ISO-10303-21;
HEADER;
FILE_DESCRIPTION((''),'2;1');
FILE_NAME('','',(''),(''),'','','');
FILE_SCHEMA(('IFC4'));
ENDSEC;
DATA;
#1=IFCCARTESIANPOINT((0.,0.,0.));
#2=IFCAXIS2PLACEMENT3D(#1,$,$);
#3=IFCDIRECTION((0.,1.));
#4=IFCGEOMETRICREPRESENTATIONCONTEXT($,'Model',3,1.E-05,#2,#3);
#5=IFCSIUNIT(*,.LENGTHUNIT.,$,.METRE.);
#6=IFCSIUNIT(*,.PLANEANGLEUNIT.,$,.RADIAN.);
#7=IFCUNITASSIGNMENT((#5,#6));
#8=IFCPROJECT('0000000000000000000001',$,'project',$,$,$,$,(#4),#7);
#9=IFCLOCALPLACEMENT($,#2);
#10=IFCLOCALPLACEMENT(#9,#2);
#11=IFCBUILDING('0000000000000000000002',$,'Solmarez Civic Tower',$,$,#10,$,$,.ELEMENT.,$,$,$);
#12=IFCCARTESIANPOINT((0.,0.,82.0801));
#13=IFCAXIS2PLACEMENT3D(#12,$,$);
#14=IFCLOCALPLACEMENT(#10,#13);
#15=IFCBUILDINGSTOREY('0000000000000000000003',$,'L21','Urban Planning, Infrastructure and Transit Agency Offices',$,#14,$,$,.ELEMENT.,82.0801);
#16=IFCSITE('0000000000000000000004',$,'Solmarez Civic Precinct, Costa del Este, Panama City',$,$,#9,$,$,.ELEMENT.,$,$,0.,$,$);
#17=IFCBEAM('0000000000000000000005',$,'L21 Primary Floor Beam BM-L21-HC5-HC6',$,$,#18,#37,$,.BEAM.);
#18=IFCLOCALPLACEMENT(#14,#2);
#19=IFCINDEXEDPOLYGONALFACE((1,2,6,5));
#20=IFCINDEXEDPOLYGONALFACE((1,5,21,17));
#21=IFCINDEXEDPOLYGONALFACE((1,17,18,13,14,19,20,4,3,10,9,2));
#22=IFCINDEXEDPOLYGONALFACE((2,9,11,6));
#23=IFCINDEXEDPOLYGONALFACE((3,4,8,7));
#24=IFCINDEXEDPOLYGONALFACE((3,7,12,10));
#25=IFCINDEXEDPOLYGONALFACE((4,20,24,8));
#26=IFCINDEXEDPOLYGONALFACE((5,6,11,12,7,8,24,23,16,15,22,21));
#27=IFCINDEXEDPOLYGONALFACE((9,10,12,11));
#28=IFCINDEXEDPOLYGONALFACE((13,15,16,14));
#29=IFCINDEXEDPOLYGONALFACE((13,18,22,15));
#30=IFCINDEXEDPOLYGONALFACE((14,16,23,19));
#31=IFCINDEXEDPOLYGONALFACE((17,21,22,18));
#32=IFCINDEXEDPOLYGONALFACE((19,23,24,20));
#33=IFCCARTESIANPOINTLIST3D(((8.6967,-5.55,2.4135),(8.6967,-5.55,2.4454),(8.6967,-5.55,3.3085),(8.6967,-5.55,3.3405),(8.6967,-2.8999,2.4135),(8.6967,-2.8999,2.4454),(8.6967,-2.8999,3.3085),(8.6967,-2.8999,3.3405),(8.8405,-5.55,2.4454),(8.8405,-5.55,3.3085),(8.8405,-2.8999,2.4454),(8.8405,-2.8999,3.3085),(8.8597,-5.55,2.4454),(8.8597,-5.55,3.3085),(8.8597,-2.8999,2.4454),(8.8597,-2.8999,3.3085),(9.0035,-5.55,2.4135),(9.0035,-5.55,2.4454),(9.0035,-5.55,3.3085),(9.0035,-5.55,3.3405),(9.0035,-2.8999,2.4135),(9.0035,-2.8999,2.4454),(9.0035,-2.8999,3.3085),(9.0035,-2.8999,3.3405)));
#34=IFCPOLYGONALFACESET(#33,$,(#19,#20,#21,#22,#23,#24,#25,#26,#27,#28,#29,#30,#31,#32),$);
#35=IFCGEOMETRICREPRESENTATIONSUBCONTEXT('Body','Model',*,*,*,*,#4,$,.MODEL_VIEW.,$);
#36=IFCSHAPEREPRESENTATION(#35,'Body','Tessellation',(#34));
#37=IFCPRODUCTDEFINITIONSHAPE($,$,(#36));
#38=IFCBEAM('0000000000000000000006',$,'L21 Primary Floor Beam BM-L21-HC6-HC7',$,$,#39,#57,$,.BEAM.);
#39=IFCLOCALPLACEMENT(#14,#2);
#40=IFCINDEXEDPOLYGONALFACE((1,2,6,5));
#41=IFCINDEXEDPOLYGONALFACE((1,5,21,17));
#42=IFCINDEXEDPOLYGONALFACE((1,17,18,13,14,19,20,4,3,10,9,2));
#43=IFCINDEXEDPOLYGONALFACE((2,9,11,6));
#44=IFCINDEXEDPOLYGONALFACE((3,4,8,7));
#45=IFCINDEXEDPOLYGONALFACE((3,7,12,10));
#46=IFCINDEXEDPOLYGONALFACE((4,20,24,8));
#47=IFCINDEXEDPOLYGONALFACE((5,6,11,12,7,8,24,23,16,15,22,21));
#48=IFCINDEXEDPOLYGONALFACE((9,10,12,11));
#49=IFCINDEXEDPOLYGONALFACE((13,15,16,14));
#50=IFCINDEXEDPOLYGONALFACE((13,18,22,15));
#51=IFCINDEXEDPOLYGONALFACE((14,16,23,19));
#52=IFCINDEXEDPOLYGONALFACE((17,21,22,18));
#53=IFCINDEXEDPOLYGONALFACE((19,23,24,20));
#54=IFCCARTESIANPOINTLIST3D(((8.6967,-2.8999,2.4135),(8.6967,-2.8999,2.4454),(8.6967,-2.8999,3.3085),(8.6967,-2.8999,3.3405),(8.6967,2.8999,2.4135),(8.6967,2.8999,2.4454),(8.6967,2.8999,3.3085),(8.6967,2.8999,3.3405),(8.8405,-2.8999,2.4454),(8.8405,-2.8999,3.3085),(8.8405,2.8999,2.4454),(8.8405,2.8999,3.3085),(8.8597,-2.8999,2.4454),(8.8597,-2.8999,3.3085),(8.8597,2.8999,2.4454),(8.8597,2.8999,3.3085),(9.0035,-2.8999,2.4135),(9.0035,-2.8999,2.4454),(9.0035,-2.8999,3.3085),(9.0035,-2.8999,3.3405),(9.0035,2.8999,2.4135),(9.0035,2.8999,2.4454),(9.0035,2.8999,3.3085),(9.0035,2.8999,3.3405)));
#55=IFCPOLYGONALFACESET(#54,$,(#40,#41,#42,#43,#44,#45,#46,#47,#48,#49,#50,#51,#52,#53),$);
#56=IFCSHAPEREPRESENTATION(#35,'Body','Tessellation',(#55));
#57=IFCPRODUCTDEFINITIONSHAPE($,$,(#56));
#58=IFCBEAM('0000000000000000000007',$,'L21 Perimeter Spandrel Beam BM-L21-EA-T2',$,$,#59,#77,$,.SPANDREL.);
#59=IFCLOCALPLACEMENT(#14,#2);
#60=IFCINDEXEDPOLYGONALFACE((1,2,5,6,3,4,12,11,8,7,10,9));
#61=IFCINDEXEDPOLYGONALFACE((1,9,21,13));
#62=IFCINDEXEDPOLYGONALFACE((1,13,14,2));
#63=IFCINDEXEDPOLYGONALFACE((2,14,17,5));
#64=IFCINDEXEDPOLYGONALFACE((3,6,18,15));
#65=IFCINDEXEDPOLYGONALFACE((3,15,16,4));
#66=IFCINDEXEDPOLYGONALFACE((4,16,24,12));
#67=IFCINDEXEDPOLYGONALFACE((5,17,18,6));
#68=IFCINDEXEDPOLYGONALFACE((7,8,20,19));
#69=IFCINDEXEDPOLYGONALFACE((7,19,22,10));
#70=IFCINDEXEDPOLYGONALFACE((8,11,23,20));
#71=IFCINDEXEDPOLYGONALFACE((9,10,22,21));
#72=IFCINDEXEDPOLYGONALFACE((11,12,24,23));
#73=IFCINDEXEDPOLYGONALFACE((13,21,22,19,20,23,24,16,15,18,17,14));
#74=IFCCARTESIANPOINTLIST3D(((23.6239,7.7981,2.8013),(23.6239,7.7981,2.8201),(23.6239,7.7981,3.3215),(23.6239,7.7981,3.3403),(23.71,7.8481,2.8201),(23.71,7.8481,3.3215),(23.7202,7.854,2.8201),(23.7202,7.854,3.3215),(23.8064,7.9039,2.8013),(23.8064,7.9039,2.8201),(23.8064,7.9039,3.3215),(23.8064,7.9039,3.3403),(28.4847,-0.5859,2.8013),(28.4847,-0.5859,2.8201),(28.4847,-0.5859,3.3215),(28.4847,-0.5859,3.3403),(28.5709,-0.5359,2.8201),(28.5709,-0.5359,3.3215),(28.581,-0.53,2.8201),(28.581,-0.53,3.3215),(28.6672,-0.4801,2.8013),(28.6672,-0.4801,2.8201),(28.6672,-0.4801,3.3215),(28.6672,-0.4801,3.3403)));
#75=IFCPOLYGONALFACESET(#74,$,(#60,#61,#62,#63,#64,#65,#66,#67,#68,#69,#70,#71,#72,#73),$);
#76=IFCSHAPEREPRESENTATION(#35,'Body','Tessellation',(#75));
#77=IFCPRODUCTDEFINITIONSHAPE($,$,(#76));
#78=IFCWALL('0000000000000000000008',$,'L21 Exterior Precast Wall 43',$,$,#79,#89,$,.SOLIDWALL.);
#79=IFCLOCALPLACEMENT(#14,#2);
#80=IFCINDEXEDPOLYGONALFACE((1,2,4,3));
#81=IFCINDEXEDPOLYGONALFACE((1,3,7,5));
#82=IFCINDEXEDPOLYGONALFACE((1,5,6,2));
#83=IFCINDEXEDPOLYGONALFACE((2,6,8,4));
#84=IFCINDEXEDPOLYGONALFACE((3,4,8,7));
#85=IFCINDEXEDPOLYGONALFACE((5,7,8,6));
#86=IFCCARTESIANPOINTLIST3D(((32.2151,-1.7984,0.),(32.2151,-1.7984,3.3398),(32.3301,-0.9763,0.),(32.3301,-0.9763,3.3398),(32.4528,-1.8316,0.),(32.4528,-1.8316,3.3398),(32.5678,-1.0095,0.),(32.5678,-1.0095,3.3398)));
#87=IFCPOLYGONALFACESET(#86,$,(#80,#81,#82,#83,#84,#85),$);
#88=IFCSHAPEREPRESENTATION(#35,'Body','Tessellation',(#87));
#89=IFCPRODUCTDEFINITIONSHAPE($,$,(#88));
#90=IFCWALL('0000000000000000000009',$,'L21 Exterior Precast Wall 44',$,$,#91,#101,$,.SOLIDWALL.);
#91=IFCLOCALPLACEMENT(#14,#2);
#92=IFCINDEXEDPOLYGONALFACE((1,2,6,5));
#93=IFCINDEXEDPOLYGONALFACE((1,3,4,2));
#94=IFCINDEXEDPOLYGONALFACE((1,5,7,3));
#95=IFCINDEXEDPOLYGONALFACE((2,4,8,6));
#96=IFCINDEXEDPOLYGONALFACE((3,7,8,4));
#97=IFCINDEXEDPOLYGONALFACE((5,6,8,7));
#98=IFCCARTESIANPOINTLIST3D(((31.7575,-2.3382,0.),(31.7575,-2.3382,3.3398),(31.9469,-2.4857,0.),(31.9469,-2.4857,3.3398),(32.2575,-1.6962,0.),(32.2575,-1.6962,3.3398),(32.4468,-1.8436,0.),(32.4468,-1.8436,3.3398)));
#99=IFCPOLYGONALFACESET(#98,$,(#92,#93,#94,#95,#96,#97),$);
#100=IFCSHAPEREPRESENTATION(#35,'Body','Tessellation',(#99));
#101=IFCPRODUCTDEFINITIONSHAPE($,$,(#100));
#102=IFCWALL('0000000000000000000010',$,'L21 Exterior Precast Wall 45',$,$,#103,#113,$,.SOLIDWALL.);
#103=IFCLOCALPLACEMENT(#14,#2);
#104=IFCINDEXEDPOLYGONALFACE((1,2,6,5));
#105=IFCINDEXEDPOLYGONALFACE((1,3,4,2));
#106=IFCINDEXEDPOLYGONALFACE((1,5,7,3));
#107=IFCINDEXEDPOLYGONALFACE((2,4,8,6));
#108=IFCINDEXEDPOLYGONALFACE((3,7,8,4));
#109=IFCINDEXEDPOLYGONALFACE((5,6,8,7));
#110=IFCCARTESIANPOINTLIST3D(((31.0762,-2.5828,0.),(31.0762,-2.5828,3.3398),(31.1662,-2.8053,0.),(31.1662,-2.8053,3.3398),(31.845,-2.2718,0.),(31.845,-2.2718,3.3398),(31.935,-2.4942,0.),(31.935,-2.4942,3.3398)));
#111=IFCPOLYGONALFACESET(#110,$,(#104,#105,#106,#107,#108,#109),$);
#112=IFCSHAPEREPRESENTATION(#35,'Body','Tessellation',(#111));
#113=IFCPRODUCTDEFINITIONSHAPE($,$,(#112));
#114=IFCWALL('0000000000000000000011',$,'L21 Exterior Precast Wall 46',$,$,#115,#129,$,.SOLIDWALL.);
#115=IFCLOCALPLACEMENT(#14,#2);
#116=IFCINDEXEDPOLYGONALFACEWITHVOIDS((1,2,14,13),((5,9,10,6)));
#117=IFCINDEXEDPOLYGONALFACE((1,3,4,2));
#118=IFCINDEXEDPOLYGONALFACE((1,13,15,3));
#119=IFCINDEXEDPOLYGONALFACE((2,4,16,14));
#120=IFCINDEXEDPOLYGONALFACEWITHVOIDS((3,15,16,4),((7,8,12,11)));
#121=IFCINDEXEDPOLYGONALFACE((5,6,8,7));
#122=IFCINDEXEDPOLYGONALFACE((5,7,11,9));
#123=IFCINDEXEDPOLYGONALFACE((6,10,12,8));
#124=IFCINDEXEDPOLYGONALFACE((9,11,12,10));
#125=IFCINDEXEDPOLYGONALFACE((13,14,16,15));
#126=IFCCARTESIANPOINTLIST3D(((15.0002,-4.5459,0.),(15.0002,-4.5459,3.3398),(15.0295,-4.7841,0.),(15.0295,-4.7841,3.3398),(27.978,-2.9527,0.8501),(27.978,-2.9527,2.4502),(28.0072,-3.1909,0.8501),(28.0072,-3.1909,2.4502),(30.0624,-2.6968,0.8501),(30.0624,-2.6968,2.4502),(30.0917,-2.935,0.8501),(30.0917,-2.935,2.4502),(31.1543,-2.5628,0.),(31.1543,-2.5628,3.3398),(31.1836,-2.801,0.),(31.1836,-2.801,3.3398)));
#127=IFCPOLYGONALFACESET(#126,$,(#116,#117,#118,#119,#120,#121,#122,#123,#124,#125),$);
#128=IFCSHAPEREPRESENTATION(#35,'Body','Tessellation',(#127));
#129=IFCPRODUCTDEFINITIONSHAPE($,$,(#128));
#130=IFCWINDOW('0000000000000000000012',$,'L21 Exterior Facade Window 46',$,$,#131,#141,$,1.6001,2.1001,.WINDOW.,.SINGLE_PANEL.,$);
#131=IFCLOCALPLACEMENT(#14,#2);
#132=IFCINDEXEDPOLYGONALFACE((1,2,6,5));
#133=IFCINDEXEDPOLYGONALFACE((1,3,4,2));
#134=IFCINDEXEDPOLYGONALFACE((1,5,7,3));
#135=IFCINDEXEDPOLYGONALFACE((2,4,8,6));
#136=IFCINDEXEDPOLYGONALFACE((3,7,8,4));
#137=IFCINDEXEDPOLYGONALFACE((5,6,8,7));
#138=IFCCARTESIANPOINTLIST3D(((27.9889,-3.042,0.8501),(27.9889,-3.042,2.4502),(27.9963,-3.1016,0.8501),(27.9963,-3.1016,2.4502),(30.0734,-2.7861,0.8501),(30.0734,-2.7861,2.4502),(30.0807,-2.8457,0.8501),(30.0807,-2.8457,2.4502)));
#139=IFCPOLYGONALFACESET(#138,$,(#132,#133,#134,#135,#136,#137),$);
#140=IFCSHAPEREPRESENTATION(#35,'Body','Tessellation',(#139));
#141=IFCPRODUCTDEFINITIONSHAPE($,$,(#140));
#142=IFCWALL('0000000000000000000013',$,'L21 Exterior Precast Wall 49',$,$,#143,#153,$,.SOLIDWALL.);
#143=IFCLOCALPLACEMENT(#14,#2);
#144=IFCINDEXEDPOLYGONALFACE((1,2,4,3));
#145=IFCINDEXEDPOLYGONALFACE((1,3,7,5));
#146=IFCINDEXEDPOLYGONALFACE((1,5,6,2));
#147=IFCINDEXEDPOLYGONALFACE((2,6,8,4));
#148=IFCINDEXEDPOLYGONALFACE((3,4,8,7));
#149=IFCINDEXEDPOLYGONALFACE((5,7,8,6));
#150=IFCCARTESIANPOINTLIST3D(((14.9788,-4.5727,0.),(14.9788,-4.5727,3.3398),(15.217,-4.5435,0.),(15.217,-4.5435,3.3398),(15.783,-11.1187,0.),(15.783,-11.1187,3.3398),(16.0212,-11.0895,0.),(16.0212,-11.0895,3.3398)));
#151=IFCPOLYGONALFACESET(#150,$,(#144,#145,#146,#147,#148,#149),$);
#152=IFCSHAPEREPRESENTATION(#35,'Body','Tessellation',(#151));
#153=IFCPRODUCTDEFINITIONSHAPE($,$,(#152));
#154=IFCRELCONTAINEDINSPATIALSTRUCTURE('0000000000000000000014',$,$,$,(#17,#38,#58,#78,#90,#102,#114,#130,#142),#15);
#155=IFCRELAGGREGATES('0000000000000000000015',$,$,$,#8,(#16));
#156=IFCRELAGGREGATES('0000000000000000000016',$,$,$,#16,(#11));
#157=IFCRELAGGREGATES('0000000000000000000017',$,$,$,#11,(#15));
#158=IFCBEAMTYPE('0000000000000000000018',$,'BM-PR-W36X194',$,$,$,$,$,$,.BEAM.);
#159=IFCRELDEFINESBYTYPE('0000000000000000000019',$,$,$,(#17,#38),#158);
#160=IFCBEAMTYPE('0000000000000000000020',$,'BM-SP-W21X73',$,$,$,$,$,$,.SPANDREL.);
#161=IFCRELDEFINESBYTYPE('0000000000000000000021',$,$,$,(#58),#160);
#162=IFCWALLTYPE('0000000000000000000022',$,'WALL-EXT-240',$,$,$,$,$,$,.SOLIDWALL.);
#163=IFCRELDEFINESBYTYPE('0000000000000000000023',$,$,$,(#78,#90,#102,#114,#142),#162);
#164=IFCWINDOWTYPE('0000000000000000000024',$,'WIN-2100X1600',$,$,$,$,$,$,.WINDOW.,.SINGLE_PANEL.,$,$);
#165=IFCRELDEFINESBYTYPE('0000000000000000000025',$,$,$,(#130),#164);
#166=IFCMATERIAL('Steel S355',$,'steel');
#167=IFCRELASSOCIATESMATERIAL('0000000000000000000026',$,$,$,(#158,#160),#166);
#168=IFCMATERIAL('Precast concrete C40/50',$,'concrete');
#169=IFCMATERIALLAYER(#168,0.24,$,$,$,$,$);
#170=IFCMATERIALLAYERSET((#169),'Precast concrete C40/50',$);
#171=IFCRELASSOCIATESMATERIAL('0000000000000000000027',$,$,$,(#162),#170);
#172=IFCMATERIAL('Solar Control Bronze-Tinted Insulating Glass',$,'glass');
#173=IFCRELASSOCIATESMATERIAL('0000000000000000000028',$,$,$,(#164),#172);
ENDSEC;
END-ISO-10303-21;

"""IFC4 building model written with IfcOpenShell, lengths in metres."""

from ifc_helpers import new_model, si_unit, direction, frame, frame_2d, origin, origin_2d, place, context, subcontext, project, spatial, rectangle, i_section, extrude, material, layer, layer_set, material_profile, profile_set, type_object, element, fill, save


model = new_model("IFC4")

# Units and contexts
model_context = context("Model", 3, precision=1e-05, world=origin(), true_north=direction((0.0, 1.0)))
body_context = subcontext(model_context, "Body", "Model", "MODEL_VIEW")
ifc_project = project(units=[si_unit("LENGTHUNIT", "METRE"), si_unit("PLANEANGLEUNIT", "RADIAN")], contexts=[model_context])

# Site, building, storey
site_placement = place(None, origin())
site = spatial("IfcSite", under=ifc_project, at=site_placement, Name="Solmarez Civic Precinct, Costa del Este, Panama City", CompositionType="ELEMENT", RefElevation=0.0)
building_placement = place(site_placement, origin())
building = spatial("IfcBuilding", under=site, at=building_placement, Name="Solmarez Civic Tower", CompositionType="ELEMENT")
storey_placement = place(building_placement, frame((0.0, 0.0, 82.0801)))
storey = spatial("IfcBuildingStorey", under=building, at=storey_placement, Name="L21", Description="Urban Planning, Infrastructure and Transit Agency Offices", CompositionType="ELEMENT", Elevation=82.0801)

# Beams
ifc_material_1 = material(Name="Steel S355", Category="steel")
ifc_material_profile_1 = material_profile(ifc_material_1, i_section(OverallWidth=0.3069, OverallDepth=0.927, WebThickness=0.0193, FlangeThickness=0.032, at=origin_2d()), Name="W36X194")
ifc_profile_set_1 = profile_set([ifc_material_profile_1], Name="Steel S355")
beam_type_1 = type_object("IfcBeamType", Name="BM-PR-W36X194", PredefinedType="BEAM", material=ifc_profile_set_1)
beam_1_placement = place(storey_placement, frame((8.8501, -5.55, 2.877), z_axis=(0.0, 1.0, 0.0), x_axis=(-1.0, 0.0, 0.0)))
element("IfcBeam", 1, at=beam_1_placement, inside=storey, type_object=beam_type_1, Name="L21 Primary Floor Beam BM-L21-HC5-HC6", PredefinedType="BEAM", context=body_context, shape_type="SweptSolid", body=[
    extrude(i_section(OverallWidth=0.3069, OverallDepth=0.927, WebThickness=0.0193, FlangeThickness=0.032, at=origin_2d()), origin(), (0.0, 0.0, 1.0), 2.6501),
])
beam_2_placement = place(storey_placement, frame((8.8501, -2.8999, 2.877), z_axis=(0.0, 1.0, 0.0), x_axis=(-1.0, 0.0, 0.0)))
element("IfcBeam", 2, at=beam_2_placement, inside=storey, type_object=beam_type_1, Name="L21 Primary Floor Beam BM-L21-HC6-HC7", PredefinedType="BEAM", context=body_context, shape_type="SweptSolid", body=[
    extrude(i_section(OverallWidth=0.3069, OverallDepth=0.927, WebThickness=0.0193, FlangeThickness=0.032, at=origin_2d()), origin(), (0.0, 0.0, 1.0), 5.7998),
])
ifc_material_profile_2 = material_profile(ifc_material_1, i_section(OverallWidth=0.2109, OverallDepth=0.5391, WebThickness=0.0117, FlangeThickness=0.0188, at=origin_2d()), Name="W21X73")
ifc_profile_set_2 = profile_set([ifc_material_profile_2], Name="Steel S355")
beam_type_2 = type_object("IfcBeamType", Name="BM-SP-W21X73", PredefinedType="SPANDREL", material=ifc_profile_set_2)
beam_3_placement = place(storey_placement, frame((28.5759, -0.533, 3.0708), z_axis=(-0.501571, 0.865116, 0.0), x_axis=(-0.865116, -0.501571, 0.0)))
element("IfcBeam", 3, at=beam_3_placement, inside=storey, type_object=beam_type_2, Name="L21 Perimeter Spandrel Beam BM-L21-EA-T2", PredefinedType="SPANDREL", context=body_context, shape_type="SweptSolid", body=[
    extrude(i_section(OverallWidth=0.2109, OverallDepth=0.5391, WebThickness=0.0117, FlangeThickness=0.0188, at=origin_2d()), origin(), (0.0, 0.0, 1.0), 9.6912),
])

# Walls
ifc_material_2 = material(Name="Precast concrete C40/50", Category="concrete")
ifc_layer = layer(ifc_material_2, 0.24)
ifc_layer_set = layer_set([ifc_layer], Name="Precast concrete C40/50")
wall_type = type_object("IfcWallType", Name="WALL-EXT-240", PredefinedType="SOLIDWALL", material=ifc_layer_set)
wall_1_placement = place(storey_placement, frame((32.449, -0.9929, 0.0), z_axis=(0.0, 0.0, 1.0), x_axis=(-0.138538, -0.990357, 0.0)))
element("IfcWall", 4, at=wall_1_placement, inside=storey, type_object=wall_type, Name="L21 Exterior Precast Wall 43", PredefinedType="SOLIDWALL", context=body_context, shape_type="SweptSolid", body=[
    extrude(rectangle(XDim=0.8301, YDim=0.24, at=frame_2d((0.415, 0.0))), origin(), (0.0, 0.0, 1.0), 3.3398),
])
wall_2_placement = place(storey_placement, frame((32.3521, -1.77, 0.0), z_axis=(0.0, 0.0, 1.0), x_axis=(-0.614397, -0.788997, 0.0)))
element("IfcWall", 5, at=wall_2_placement, inside=storey, type_object=wall_type, Name="L21 Exterior Precast Wall 44", PredefinedType="SOLIDWALL", context=body_context, shape_type="SweptSolid", body=[
    extrude(rectangle(XDim=0.8137, YDim=0.24, at=frame_2d((0.4067, 0.0))), origin(), (0.0, 0.0, 1.0), 3.3398),
])
wall_3_placement = place(storey_placement, frame((31.8899, -2.3831, 0.0), z_axis=(0.0, 0.0, 1.0), x_axis=(-0.927008, -0.375042, 0.0)))
element("IfcWall", 6, at=wall_3_placement, inside=storey, type_object=wall_type, Name="L21 Exterior Precast Wall 45", PredefinedType="SOLIDWALL", context=body_context, shape_type="SweptSolid", body=[
    extrude(rectangle(XDim=0.8293, YDim=0.24, at=frame_2d((0.4146, 0.0))), origin(), (0.0, 0.0, 1.0), 3.3398),
])

# Wall, opening, window
wall_4_placement = place(storey_placement, frame((31.1689, -2.6819, 0.0), z_axis=(0.0, 0.0, 1.0), x_axis=(-0.992548, -0.12185, 0.0)))
wall_4 = element("IfcWall", 7, at=wall_4_placement, inside=storey, type_object=wall_type, Name="L21 Exterior Precast Wall 46", PredefinedType="SOLIDWALL", context=body_context, shape_type="SweptSolid", body=[
    extrude(rectangle(XDim=16.2754, YDim=0.24, at=frame_2d((8.1377, 0.0))), origin(), (0.0, 0.0, 1.0), 3.3398),
])
opening_placement = place(wall_4_placement, frame((1.1001, 0.0, 0.8501)))
opening = element("IfcOpeningElement", 8, at=opening_placement, cuts=wall_4, PredefinedType="OPENING", context=body_context, shape_type="SweptSolid", body=[
    extrude(rectangle(XDim=2.1001, YDim=1.6001, at=frame_2d((1.05, 0.8))), frame((0.0, 0.1299, 0.0), z_axis=(0.0, -1.0, 0.0), x_axis=(1.0, 0.0, 0.0)), (0.0, 0.0, 1.0), 0.26),
])
ifc_material_3 = material(Name="Solar Control Bronze-Tinted Insulating Glass", Category="glass")
window_type = type_object("IfcWindowType", Name="WIN-2100X1600", PartitioningType="SINGLE_PANEL", PredefinedType="WINDOW", material=ifc_material_3)
window_placement = place(opening_placement, origin())
window = element("IfcWindow", 9, at=window_placement, inside=storey, type_object=window_type, Name="L21 Exterior Facade Window 46", OverallHeight=1.6001, OverallWidth=2.1001, PartitioningType="SINGLE_PANEL", PredefinedType="WINDOW", context=body_context, shape_type="SweptSolid", body=[
    extrude(rectangle(XDim=2.1001, YDim=1.6001, at=frame_2d((1.05, 0.8))), frame((0.0, 0.03, 0.0), z_axis=(0.0, -1.0, 0.0), x_axis=(1.0, 0.0, 0.0)), (0.0, 0.0, 1.0), 0.0601),
])
fill(opening, window)

# Wall
wall_5_placement = place(storey_placement, frame((15.0979, -4.5581, 0.0), z_axis=(0.0, 0.0, 1.0), x_axis=(0.121939, -0.992538, 0.0)))
element("IfcWall", 10, at=wall_5_placement, inside=storey, type_object=wall_type, Name="L21 Exterior Precast Wall 49", PredefinedType="SOLIDWALL", context=body_context, shape_type="SweptSolid", body=[
    extrude(rectangle(XDim=6.5952, YDim=0.24, at=frame_2d((3.2976, 0.0))), origin(), (0.0, 0.0, 1.0), 3.3398),
])

save(model, "model.ifc")
